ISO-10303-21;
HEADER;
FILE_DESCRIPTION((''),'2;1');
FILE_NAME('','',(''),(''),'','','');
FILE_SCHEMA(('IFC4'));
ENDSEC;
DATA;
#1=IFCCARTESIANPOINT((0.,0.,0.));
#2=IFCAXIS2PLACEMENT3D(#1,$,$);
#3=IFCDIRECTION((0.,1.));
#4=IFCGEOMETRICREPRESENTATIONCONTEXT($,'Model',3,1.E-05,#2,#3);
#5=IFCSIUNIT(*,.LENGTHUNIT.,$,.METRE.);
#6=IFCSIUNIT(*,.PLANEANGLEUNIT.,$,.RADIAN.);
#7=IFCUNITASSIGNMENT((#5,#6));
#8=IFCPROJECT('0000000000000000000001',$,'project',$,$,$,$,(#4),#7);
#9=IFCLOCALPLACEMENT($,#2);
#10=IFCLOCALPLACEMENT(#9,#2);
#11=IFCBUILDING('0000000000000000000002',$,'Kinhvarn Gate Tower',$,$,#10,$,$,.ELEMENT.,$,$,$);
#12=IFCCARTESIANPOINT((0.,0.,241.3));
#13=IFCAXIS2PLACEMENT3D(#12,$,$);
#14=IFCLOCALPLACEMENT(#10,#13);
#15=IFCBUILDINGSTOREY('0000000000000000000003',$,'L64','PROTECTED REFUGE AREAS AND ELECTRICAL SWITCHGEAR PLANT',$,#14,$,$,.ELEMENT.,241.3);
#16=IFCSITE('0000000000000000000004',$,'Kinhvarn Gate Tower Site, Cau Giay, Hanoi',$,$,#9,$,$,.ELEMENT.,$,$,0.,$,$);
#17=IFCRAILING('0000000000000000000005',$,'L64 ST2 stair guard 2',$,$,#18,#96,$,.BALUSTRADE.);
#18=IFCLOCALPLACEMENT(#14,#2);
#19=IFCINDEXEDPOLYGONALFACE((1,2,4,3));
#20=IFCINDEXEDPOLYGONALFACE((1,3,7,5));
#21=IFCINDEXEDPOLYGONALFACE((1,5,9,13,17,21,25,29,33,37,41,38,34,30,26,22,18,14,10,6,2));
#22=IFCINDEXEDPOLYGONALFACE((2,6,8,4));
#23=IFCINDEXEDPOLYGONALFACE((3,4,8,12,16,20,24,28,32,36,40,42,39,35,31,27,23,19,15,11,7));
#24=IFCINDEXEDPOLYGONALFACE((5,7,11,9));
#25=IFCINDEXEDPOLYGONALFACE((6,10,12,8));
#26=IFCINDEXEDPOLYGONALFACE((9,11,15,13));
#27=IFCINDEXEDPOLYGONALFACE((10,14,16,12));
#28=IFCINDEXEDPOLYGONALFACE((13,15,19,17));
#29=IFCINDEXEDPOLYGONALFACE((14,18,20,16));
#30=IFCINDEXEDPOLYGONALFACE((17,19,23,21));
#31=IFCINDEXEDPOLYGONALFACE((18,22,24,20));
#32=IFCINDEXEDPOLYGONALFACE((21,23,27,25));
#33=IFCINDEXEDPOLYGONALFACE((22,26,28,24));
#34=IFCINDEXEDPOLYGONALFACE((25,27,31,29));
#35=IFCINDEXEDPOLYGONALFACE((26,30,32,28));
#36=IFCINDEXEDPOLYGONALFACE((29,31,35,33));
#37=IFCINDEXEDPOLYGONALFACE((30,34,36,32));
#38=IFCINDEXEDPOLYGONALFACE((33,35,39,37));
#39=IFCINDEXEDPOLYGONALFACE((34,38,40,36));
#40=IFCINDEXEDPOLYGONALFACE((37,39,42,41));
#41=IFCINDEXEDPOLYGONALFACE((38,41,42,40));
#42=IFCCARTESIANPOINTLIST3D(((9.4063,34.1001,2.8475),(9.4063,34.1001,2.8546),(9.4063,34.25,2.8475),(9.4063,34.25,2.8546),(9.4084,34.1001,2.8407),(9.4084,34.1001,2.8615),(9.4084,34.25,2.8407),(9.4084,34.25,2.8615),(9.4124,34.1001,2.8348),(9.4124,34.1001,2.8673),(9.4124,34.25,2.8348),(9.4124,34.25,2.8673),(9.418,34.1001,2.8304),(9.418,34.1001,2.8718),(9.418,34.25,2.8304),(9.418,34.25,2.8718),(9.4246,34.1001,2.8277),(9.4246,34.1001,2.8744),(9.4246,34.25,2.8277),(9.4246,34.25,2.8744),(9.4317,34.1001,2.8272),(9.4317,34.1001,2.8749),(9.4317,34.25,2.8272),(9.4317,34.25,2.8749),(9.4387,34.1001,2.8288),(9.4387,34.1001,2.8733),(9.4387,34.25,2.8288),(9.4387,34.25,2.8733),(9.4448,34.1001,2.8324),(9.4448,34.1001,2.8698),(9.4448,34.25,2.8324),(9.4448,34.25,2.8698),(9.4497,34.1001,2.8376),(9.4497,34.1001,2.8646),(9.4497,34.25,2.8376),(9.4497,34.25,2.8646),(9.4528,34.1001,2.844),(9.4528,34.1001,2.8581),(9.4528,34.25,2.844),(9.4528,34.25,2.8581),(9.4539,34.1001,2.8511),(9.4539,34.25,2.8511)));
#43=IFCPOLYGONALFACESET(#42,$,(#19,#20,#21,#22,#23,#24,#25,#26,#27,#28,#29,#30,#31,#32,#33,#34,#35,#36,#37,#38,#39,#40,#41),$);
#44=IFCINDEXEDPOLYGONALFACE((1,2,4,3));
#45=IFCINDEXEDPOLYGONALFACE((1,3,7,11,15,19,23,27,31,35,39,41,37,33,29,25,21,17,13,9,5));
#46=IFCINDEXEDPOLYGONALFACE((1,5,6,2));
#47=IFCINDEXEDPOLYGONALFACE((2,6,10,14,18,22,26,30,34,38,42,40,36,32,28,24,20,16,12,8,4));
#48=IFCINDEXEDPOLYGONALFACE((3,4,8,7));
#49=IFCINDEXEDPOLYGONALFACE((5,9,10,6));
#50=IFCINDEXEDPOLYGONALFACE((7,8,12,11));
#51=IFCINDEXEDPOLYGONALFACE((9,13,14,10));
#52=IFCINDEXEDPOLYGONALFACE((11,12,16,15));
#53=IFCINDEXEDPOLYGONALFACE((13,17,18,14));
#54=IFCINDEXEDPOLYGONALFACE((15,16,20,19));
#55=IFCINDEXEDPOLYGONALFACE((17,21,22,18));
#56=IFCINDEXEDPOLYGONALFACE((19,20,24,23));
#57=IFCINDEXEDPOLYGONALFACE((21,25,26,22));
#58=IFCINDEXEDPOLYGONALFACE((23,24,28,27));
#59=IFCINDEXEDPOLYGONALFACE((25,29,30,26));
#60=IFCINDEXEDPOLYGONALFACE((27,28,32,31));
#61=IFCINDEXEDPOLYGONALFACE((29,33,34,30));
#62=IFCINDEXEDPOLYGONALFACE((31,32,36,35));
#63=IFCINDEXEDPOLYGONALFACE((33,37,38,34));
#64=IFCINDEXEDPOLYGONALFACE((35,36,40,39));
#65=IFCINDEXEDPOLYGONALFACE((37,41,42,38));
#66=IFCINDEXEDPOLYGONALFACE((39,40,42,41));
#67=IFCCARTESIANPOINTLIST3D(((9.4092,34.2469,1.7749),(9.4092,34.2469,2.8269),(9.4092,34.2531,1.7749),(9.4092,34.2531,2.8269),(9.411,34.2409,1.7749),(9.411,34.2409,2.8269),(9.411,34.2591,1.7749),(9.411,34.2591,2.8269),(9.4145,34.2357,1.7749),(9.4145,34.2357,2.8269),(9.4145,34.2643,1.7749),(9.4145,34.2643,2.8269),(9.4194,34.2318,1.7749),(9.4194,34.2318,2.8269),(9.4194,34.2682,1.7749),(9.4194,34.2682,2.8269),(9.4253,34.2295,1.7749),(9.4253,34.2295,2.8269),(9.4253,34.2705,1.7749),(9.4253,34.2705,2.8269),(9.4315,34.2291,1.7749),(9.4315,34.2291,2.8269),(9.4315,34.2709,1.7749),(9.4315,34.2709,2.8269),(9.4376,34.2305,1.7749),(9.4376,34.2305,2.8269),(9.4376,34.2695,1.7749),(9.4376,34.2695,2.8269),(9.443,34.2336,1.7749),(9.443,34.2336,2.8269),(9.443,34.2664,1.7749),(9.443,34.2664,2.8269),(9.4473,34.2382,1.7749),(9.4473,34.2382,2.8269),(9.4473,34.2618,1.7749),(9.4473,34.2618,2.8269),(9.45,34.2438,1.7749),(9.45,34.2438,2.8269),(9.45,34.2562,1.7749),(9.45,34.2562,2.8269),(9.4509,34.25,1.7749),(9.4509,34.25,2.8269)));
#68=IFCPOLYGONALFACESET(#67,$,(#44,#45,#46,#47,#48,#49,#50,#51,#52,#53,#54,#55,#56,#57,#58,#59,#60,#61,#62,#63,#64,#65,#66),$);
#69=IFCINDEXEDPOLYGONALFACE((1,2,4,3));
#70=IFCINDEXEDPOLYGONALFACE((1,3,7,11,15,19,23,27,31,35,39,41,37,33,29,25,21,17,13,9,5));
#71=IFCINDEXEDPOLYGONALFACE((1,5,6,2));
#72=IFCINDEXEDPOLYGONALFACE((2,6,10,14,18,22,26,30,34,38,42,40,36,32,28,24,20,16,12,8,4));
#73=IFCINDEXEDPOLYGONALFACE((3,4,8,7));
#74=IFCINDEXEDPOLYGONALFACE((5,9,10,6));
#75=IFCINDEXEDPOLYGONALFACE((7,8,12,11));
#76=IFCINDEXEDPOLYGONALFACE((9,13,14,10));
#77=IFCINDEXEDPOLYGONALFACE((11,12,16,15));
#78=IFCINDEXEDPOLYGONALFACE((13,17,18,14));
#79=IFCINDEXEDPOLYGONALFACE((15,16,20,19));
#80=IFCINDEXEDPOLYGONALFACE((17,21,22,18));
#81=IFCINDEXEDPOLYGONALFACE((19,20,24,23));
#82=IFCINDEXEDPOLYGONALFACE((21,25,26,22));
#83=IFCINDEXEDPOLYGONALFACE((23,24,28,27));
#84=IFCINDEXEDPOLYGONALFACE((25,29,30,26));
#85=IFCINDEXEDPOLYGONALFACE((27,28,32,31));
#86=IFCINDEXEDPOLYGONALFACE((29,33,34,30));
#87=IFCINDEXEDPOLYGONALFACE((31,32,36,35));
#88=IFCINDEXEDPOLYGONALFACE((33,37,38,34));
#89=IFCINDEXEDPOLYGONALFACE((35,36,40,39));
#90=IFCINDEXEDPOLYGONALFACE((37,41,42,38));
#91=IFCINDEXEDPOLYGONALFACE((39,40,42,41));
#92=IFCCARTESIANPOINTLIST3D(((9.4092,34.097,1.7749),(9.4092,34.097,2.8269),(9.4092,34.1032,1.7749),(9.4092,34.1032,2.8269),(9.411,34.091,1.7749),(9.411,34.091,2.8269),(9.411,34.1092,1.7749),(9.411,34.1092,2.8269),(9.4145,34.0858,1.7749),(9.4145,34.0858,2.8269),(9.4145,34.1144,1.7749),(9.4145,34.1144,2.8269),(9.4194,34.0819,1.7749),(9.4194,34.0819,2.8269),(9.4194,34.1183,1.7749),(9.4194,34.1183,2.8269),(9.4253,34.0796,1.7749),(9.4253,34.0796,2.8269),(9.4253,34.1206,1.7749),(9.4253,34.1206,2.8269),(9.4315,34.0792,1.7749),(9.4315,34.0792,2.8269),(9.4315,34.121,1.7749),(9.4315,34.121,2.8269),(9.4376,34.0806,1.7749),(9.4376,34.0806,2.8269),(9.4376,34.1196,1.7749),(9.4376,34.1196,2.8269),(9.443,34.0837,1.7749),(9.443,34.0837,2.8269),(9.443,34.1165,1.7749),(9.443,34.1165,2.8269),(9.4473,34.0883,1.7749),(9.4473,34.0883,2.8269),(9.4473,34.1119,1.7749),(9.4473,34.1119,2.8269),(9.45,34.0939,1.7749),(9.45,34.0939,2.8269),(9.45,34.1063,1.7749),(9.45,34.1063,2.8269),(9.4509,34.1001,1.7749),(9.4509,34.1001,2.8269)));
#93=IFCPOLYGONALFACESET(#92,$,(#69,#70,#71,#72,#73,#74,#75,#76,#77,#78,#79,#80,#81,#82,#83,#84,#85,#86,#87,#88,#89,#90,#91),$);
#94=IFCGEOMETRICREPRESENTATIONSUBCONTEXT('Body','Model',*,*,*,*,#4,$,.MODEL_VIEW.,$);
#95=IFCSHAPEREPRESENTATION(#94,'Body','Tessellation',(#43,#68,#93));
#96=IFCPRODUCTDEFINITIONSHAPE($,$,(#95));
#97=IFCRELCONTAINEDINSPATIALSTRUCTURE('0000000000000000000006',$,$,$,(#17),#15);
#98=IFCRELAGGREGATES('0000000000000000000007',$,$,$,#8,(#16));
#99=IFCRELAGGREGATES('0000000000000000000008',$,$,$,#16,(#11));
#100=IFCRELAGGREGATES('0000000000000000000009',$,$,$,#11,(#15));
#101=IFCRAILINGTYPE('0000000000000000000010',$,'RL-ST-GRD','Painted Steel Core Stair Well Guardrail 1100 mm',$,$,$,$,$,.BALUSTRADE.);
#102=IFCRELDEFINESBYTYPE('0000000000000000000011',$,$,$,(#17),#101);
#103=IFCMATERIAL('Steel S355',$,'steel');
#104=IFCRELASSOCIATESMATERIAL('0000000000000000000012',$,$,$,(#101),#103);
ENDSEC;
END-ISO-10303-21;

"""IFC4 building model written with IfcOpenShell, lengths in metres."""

from ifc_helpers import new_model, si_unit, direction, frame, origin, origin_2d, place, context, subcontext, project, spatial, circle, extrude, material, type_object, element, save


model = new_model("IFC4")

# Units and contexts
model_context = context("Model", 3, precision=1e-05, world=origin(), true_north=direction((0.0, 1.0)))
body_context = subcontext(model_context, "Body", "Model", "MODEL_VIEW")
ifc_project = project(units=[si_unit("LENGTHUNIT", "METRE"), si_unit("PLANEANGLEUNIT", "RADIAN")], contexts=[model_context])

# Site, building, storey
site_placement = place(None, origin())
site = spatial("IfcSite", under=ifc_project, at=site_placement, Name="Kinhvarn Gate Tower Site, Cau Giay, Hanoi", CompositionType="ELEMENT", RefElevation=0.0)
building_placement = place(site_placement, origin())
building = spatial("IfcBuilding", under=site, at=building_placement, Name="Kinhvarn Gate Tower", CompositionType="ELEMENT")
storey_placement = place(building_placement, frame((0.0, 0.0, 241.3)))
storey = spatial("IfcBuildingStorey", under=building, at=storey_placement, Name="L64", Description="PROTECTED REFUGE AREAS AND ELECTRICAL SWITCHGEAR PLANT", CompositionType="ELEMENT", Elevation=241.3)

# Shared definitions
ifc_material_1 = material(Name="Steel S355", Category="steel")

# Railing
railing_type = type_object("IfcRailingType", Name="RL-ST-GRD", Description="Painted Steel Core Stair Well Guardrail 1100 mm", PredefinedType="BALUSTRADE", material=ifc_material_1)
railing_1_placement = place(storey_placement, frame((9.4299, 34.25, 1.7749)))
element("IfcRailing", 1, at=railing_1_placement, inside=storey, type_object=railing_type, Name="L64 ST2 stair guard 2", PredefinedType="BALUSTRADE", context=body_context, shape_type="SweptSolid", body=[
    extrude(circle(Radius=0.0239, at=origin_2d()), frame((0.0, 0.0, 1.0762), z_axis=(0.0, -1.0, 0.0), x_axis=(1.0, 0.0, 0.0)), (0.0, 0.0, 1.0), 0.1499),
    extrude(circle(Radius=0.021, at=origin_2d()), origin(), (0.0, 0.0, 1.0), 1.052),
    extrude(circle(Radius=0.021, at=origin_2d()), frame((0.0, -0.1499, 0.0)), (0.0, 0.0, 1.0), 1.052),
])

save(model, "model.ifc")
